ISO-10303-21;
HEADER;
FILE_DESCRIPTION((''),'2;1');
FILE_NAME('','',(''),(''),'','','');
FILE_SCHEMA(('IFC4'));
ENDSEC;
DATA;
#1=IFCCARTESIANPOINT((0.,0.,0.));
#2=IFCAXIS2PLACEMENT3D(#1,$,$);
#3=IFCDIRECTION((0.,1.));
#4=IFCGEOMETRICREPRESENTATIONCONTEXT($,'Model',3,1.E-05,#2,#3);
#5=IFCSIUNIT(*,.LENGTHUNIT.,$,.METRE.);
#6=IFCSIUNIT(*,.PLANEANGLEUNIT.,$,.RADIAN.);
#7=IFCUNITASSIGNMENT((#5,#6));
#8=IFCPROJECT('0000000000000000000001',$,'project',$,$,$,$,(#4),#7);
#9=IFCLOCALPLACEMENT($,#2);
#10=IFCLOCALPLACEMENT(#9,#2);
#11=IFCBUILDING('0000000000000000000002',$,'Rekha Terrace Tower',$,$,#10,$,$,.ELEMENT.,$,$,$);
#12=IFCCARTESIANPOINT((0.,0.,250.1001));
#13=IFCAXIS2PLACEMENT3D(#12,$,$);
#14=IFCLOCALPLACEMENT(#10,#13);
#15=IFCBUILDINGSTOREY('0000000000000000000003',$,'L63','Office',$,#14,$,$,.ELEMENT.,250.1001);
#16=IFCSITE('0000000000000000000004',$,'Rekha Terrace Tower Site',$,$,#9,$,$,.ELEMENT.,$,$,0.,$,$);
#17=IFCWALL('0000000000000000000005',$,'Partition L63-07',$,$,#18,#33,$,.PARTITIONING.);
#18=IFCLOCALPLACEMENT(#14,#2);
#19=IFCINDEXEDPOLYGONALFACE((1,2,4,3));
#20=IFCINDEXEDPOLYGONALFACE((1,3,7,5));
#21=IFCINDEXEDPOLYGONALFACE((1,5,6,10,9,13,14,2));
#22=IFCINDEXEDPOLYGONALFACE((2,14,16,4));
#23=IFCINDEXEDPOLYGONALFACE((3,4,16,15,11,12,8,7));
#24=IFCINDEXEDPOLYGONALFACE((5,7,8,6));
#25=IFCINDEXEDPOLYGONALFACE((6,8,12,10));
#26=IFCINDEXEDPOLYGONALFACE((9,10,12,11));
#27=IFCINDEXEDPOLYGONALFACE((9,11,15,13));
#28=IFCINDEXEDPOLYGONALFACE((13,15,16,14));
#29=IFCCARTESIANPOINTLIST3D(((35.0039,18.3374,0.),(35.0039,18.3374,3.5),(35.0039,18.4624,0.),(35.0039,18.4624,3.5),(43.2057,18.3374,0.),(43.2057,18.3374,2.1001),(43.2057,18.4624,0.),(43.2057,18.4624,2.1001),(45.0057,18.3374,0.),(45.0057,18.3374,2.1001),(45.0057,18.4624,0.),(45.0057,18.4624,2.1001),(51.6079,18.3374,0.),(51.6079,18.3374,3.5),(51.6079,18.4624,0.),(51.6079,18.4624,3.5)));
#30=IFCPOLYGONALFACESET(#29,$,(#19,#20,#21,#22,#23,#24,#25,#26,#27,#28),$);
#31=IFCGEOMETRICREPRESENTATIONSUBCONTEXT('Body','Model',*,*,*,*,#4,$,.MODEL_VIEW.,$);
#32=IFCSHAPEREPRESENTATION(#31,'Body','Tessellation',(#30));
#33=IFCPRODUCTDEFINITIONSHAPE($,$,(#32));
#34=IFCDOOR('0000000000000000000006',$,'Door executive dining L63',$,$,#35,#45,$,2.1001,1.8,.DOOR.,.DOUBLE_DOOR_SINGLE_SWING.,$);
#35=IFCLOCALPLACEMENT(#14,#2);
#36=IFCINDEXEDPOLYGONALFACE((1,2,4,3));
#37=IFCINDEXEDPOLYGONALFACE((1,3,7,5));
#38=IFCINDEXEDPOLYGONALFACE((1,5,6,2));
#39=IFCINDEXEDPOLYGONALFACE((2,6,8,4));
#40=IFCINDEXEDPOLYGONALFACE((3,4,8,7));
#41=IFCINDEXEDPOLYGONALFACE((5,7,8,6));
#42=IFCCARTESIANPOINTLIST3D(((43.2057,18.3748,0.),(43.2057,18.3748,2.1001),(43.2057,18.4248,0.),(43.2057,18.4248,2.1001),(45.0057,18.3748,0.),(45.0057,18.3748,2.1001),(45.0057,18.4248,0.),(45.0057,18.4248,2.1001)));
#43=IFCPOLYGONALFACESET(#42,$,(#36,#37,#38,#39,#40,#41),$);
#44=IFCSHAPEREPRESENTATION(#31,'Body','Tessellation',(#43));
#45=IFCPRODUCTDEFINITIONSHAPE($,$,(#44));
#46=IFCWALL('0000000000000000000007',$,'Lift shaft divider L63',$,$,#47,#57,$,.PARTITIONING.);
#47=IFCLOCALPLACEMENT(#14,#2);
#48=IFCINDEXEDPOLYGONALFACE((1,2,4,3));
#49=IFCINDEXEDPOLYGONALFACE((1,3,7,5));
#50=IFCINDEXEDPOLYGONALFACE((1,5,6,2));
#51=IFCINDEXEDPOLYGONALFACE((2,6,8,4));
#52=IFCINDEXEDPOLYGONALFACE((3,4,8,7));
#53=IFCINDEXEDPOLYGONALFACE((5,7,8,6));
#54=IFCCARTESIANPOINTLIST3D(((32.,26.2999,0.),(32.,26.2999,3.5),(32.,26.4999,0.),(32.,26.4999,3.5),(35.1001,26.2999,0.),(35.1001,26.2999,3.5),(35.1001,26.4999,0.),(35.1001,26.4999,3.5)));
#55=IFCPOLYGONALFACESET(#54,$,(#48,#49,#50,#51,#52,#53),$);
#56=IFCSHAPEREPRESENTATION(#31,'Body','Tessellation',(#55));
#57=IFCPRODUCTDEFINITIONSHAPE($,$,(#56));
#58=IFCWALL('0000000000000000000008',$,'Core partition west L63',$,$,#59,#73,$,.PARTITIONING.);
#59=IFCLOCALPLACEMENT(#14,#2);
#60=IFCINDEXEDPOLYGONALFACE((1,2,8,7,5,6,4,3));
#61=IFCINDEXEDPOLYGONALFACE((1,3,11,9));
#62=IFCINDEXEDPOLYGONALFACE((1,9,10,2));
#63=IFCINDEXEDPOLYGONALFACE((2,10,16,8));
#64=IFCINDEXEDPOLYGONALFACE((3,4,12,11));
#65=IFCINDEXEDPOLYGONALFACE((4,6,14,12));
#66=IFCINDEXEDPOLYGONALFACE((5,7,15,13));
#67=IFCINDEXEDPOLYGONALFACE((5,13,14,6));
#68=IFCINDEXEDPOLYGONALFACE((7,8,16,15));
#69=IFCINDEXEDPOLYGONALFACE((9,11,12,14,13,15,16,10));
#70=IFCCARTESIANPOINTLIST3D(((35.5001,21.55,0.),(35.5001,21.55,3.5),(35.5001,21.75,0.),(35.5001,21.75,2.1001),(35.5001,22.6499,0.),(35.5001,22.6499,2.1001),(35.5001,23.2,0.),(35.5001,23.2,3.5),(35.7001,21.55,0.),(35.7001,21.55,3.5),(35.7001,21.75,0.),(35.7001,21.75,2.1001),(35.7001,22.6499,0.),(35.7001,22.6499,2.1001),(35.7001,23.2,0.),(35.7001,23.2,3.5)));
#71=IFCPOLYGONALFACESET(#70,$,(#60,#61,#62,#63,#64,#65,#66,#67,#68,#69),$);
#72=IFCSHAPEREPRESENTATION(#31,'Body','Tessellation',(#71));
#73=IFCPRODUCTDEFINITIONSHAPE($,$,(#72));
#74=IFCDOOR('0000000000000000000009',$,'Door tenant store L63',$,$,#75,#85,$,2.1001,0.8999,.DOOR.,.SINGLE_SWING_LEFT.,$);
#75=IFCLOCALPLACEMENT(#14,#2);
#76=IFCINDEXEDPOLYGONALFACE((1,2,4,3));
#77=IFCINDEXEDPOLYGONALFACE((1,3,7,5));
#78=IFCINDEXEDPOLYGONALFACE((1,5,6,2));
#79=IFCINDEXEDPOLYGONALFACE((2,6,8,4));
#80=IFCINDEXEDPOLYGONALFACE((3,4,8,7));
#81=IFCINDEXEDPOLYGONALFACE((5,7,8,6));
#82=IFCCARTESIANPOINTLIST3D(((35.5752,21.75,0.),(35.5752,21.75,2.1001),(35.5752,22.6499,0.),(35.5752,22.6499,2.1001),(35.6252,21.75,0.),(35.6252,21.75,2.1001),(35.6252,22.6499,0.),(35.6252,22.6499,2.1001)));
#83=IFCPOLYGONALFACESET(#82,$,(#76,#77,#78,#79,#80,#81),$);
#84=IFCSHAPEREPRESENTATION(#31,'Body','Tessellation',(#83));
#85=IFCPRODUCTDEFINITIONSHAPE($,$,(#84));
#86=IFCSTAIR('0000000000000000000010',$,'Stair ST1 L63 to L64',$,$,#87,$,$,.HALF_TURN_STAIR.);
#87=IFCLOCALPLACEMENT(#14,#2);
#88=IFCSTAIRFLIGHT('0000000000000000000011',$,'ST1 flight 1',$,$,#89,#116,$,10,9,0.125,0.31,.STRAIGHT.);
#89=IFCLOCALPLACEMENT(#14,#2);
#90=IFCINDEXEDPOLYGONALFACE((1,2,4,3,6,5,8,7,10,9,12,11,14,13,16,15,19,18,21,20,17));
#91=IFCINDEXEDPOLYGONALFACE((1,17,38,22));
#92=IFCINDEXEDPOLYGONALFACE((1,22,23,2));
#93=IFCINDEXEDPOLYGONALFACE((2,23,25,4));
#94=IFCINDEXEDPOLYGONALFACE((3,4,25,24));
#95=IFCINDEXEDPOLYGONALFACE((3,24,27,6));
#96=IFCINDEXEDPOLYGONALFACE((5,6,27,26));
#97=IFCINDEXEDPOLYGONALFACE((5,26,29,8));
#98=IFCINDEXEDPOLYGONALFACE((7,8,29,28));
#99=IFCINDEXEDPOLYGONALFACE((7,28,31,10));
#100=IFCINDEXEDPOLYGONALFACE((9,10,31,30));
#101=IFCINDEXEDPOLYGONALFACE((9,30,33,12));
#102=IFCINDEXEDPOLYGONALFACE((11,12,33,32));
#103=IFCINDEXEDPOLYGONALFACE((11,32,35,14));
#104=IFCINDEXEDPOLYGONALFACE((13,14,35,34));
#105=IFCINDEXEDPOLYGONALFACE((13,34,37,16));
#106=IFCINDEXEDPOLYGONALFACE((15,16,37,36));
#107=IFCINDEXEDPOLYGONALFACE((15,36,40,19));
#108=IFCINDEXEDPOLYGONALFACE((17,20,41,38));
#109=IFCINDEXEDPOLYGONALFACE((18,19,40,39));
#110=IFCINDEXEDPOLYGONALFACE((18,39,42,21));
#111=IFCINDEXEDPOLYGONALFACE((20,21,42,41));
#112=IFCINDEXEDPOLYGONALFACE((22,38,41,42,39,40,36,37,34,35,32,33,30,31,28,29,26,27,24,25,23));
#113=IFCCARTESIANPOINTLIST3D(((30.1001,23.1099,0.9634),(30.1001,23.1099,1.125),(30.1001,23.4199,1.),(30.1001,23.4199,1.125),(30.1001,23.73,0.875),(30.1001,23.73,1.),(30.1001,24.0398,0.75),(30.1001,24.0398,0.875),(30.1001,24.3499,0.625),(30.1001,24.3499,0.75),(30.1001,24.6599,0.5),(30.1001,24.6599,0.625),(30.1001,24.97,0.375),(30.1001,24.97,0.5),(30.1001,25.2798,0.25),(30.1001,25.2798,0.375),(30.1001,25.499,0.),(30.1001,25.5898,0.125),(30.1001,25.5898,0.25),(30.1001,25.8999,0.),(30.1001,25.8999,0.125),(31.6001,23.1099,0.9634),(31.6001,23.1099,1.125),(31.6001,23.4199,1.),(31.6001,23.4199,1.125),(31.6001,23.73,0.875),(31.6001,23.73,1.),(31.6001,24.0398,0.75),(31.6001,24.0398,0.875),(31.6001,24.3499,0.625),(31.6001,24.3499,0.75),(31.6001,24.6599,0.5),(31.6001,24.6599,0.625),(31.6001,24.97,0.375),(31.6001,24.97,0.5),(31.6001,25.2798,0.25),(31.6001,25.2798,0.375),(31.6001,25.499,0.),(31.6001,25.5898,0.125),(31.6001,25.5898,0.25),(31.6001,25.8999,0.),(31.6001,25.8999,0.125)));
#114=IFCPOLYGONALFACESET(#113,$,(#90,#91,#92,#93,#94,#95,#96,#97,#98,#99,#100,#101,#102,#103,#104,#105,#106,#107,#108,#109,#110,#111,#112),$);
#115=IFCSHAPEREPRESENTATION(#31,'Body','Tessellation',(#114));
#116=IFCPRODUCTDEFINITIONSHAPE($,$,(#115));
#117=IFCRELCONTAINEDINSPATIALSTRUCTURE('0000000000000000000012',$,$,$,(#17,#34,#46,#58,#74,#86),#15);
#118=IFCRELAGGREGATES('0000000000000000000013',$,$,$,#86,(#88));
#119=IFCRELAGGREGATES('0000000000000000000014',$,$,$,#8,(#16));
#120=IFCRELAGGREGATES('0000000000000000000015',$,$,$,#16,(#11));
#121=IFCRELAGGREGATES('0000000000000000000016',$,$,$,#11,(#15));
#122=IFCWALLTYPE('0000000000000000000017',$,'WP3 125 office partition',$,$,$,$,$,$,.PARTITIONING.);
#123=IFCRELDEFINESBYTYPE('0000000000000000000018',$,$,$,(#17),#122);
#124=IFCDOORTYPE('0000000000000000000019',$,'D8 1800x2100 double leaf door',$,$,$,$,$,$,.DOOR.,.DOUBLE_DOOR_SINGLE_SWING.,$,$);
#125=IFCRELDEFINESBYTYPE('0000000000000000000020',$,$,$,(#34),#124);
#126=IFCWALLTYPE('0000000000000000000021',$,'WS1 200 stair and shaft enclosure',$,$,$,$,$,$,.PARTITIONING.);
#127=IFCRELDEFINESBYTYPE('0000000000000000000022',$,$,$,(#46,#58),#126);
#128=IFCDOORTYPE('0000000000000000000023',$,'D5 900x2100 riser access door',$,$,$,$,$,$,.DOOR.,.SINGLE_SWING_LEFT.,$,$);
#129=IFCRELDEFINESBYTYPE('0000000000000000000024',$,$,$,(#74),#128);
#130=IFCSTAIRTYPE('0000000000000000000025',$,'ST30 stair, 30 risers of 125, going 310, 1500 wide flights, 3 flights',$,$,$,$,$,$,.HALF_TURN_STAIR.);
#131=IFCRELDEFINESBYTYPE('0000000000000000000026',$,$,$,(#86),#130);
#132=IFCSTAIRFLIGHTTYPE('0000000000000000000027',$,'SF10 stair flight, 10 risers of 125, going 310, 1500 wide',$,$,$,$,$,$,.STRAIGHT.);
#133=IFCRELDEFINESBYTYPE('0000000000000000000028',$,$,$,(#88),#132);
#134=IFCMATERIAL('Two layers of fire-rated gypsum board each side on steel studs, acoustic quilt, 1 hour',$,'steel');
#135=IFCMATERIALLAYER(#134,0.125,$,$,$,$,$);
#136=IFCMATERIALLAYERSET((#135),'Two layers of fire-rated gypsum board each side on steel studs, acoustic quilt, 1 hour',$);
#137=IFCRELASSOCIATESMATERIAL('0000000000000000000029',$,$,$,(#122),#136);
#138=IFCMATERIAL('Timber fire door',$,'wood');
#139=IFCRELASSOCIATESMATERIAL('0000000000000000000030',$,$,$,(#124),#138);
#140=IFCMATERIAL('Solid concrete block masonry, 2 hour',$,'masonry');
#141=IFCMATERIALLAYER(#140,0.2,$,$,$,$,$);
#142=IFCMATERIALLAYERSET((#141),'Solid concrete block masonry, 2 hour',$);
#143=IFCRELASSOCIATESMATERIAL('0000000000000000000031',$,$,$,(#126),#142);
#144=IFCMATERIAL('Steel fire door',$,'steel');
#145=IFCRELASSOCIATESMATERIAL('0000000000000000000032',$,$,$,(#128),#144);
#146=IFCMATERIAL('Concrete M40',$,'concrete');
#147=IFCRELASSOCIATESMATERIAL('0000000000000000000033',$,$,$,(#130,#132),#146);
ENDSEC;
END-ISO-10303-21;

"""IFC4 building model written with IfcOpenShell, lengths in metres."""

from ifc_helpers import new_model, si_unit, direction, frame, frame_2d, origin, place, context, subcontext, project, spatial, polyline, rectangle, outline, extrude, material, layer, layer_set, type_object, element, fill, aggregate, save


model = new_model("IFC4")

# Units and contexts
model_context = context("Model", 3, precision=1e-05, world=origin(), true_north=direction((0.0, 1.0)))
body_context = subcontext(model_context, "Body", "Model", "MODEL_VIEW")
ifc_project = project(units=[si_unit("LENGTHUNIT", "METRE"), si_unit("PLANEANGLEUNIT", "RADIAN")], contexts=[model_context])

# Site, building, storey
site_placement = place(None, origin())
site = spatial("IfcSite", under=ifc_project, at=site_placement, Name="Rekha Terrace Tower Site", CompositionType="ELEMENT", RefElevation=0.0)
building_placement = place(site_placement, origin())
building = spatial("IfcBuilding", under=site, at=building_placement, Name="Rekha Terrace Tower", CompositionType="ELEMENT")
storey_placement = place(building_placement, frame((0.0, 0.0, 250.1001)))
storey = spatial("IfcBuildingStorey", under=building, at=storey_placement, Name="L63", Description="Office", CompositionType="ELEMENT", Elevation=250.1001)

# Shared definitions
ifc_material_1 = material(Name="Two layers of fire-rated gypsum board each side on steel studs, acoustic quilt, 1 hour", Category="steel")
ifc_layer_1 = layer(ifc_material_1, 0.125)
ifc_layer_set_1 = layer_set([ifc_layer_1], Name="Two layers of fire-rated gypsum board each side on steel studs, acoustic quilt, 1 hour")
wall_type_1 = type_object("IfcWallType", Name="WP3 125 office partition", PredefinedType="PARTITIONING", material=ifc_layer_set_1)

# Wall, opening, door
wall_1_placement = place(storey_placement, frame((35.0039, 18.3999, 0.0), z_axis=(0.0, 0.0, 1.0), x_axis=(1.0, 0.0, 0.0)))
wall_1 = element("IfcWall", 1, at=wall_1_placement, inside=storey, type_object=wall_type_1, Name="Partition L63-07", PredefinedType="PARTITIONING", context=body_context, shape_type="SweptSolid", body=[
    extrude(rectangle(XDim=16.604, YDim=0.125, at=frame_2d((8.302, 0.0))), origin(), (0.0, 0.0, 1.0), 3.5),
])
opening_1_placement = place(wall_1_placement, frame((8.2019, 0.0, 0.0)))
opening_1 = element("IfcOpeningElement", 2, at=opening_1_placement, cuts=wall_1, PredefinedType="OPENING", context=body_context, shape_type="SweptSolid", body=[
    extrude(rectangle(XDim=1.8, YDim=2.1001, at=frame_2d((0.8999, 1.05))), frame((0.0, 0.0725, 0.0), z_axis=(0.0, -1.0, 0.0), x_axis=(1.0, 0.0, 0.0)), (0.0, 0.0, 1.0), 0.145),
])
ifc_material_2 = material(Name="Timber fire door", Category="wood")
door_type_1 = type_object("IfcDoorType", Name="D8 1800x2100 double leaf door", OperationType="DOUBLE_DOOR_SINGLE_SWING", PredefinedType="DOOR", material=ifc_material_2)
door_1_placement = place(opening_1_placement, origin())
door_1 = element("IfcDoor", 3, at=door_1_placement, inside=storey, type_object=door_type_1, Name="Door executive dining L63", OperationType="DOUBLE_DOOR_SINGLE_SWING", OverallHeight=2.1001, OverallWidth=1.8, PredefinedType="DOOR", context=body_context, shape_type="SweptSolid", body=[
    extrude(rectangle(XDim=1.8, YDim=2.1001, at=frame_2d((0.8999, 1.05))), frame((0.0, 0.0249, 0.0), z_axis=(0.0, -1.0, 0.0), x_axis=(1.0, 0.0, 0.0)), (0.0, 0.0, 1.0), 0.05),
])
fill(opening_1, door_1)

# Wall
ifc_material_3 = material(Name="Solid concrete block masonry, 2 hour", Category="masonry")
ifc_layer_2 = layer(ifc_material_3, 0.2)
ifc_layer_set_2 = layer_set([ifc_layer_2], Name="Solid concrete block masonry, 2 hour")
wall_type_2 = type_object("IfcWallType", Name="WS1 200 stair and shaft enclosure", PredefinedType="PARTITIONING", material=ifc_layer_set_2)
wall_2_placement = place(storey_placement, frame((32.0, 26.3999, 0.0), z_axis=(0.0, 0.0, 1.0), x_axis=(1.0, 0.0, 0.0)))
element("IfcWall", 4, at=wall_2_placement, inside=storey, type_object=wall_type_2, Name="Lift shaft divider L63", PredefinedType="PARTITIONING", context=body_context, shape_type="SweptSolid", body=[
    extrude(rectangle(XDim=3.1001, YDim=0.2, at=frame_2d((1.55, 0.0))), origin(), (0.0, 0.0, 1.0), 3.5),
])

# Wall, opening, door
wall_3_placement = place(storey_placement, frame((35.6001, 21.55, 0.0), z_axis=(0.0, 0.0, 1.0), x_axis=(0.0, 1.0, 0.0)))
wall_3 = element("IfcWall", 5, at=wall_3_placement, inside=storey, type_object=wall_type_2, Name="Core partition west L63", PredefinedType="PARTITIONING", context=body_context, shape_type="SweptSolid", body=[
    extrude(rectangle(XDim=1.6499, YDim=0.2, at=frame_2d((0.825, 0.0))), origin(), (0.0, 0.0, 1.0), 3.5),
])
opening_2_placement = place(wall_3_placement, frame((0.2, 0.0, 0.0)))
opening_2 = element("IfcOpeningElement", 6, at=opening_2_placement, cuts=wall_3, PredefinedType="OPENING", context=body_context, shape_type="SweptSolid", body=[
    extrude(rectangle(XDim=0.8999, YDim=2.1001, at=frame_2d((0.45, 1.05))), frame((0.0, 0.1099, 0.0), z_axis=(0.0, -1.0, 0.0), x_axis=(1.0, 0.0, 0.0)), (0.0, 0.0, 1.0), 0.22),
])
ifc_material_4 = material(Name="Steel fire door", Category="steel")
door_type_2 = type_object("IfcDoorType", Name="D5 900x2100 riser access door", OperationType="SINGLE_SWING_LEFT", PredefinedType="DOOR", material=ifc_material_4)
door_2_placement = place(opening_2_placement, origin())
door_2 = element("IfcDoor", 7, at=door_2_placement, inside=storey, type_object=door_type_2, Name="Door tenant store L63", OperationType="SINGLE_SWING_LEFT", OverallHeight=2.1001, OverallWidth=0.8999, PredefinedType="DOOR", context=body_context, shape_type="SweptSolid", body=[
    extrude(rectangle(XDim=0.8999, YDim=2.1001, at=frame_2d((0.45, 1.05))), frame((0.0, 0.0249, 0.0), z_axis=(0.0, -1.0, 0.0), x_axis=(1.0, 0.0, 0.0)), (0.0, 0.0, 1.0), 0.05),
])
fill(opening_2, door_2)

# Stair, stair flight
ifc_material_5 = material(Name="Concrete M40", Category="concrete")
stair_type = type_object("IfcStairType", Name="ST30 stair, 30 risers of 125, going 310, 1500 wide flights, 3 flights", PredefinedType="HALF_TURN_STAIR", material=ifc_material_5)
stair_placement = place(storey_placement, origin())
stair = element("IfcStair", 8, at=stair_placement, inside=storey, type_object=stair_type, Name="Stair ST1 L63 to L64", PredefinedType="HALF_TURN_STAIR")
stair_flight_type = type_object("IfcStairFlightType", Name="SF10 stair flight, 10 risers of 125, going 310, 1500 wide", PredefinedType="STRAIGHT", material=ifc_material_5)
stair_flight_placement = place(storey_placement, frame((30.8501, 25.8999, 0.0), z_axis=(0.0, 0.0, 1.0), x_axis=(0.0, -1.0, 0.0)))
stair_flight = element("IfcStairFlight", 9, at=stair_flight_placement, type_object=stair_flight_type, Name="ST1 flight 1", NumberOfRisers=10, NumberOfTreads=9, PredefinedType="STRAIGHT", RiserHeight=0.125, TreadLength=0.31, context=body_context, shape_type="SweptSolid", body=[
    extrude(outline(polyline([(0.0, 0.0), (0.0, 0.125), (0.3101, 0.125), (0.3101, 0.25), (0.6201, 0.25), (0.6201, 0.375), (0.9299, 0.375), (0.9299, 0.5), (1.24, 0.5), (1.24, 0.625), (1.55, 0.625), (1.55, 0.75), (1.8601, 0.75), (1.8601, 0.875), (2.1699, 0.875), (2.1699, 1.0), (2.48, 1.0), (2.48, 1.125), (2.79, 1.125), (2.79, 1.25), (2.79, 0.9634), (0.4009, 0.0), (0.0, 0.0)])), frame((0.0, 0.75, 0.0), z_axis=(0.0, -1.0, 0.0), x_axis=(1.0, 0.0, 0.0)), (0.0, 0.0, 1.0), 1.5),
])
aggregate(stair, [stair_flight])

save(model, "model.ifc")
